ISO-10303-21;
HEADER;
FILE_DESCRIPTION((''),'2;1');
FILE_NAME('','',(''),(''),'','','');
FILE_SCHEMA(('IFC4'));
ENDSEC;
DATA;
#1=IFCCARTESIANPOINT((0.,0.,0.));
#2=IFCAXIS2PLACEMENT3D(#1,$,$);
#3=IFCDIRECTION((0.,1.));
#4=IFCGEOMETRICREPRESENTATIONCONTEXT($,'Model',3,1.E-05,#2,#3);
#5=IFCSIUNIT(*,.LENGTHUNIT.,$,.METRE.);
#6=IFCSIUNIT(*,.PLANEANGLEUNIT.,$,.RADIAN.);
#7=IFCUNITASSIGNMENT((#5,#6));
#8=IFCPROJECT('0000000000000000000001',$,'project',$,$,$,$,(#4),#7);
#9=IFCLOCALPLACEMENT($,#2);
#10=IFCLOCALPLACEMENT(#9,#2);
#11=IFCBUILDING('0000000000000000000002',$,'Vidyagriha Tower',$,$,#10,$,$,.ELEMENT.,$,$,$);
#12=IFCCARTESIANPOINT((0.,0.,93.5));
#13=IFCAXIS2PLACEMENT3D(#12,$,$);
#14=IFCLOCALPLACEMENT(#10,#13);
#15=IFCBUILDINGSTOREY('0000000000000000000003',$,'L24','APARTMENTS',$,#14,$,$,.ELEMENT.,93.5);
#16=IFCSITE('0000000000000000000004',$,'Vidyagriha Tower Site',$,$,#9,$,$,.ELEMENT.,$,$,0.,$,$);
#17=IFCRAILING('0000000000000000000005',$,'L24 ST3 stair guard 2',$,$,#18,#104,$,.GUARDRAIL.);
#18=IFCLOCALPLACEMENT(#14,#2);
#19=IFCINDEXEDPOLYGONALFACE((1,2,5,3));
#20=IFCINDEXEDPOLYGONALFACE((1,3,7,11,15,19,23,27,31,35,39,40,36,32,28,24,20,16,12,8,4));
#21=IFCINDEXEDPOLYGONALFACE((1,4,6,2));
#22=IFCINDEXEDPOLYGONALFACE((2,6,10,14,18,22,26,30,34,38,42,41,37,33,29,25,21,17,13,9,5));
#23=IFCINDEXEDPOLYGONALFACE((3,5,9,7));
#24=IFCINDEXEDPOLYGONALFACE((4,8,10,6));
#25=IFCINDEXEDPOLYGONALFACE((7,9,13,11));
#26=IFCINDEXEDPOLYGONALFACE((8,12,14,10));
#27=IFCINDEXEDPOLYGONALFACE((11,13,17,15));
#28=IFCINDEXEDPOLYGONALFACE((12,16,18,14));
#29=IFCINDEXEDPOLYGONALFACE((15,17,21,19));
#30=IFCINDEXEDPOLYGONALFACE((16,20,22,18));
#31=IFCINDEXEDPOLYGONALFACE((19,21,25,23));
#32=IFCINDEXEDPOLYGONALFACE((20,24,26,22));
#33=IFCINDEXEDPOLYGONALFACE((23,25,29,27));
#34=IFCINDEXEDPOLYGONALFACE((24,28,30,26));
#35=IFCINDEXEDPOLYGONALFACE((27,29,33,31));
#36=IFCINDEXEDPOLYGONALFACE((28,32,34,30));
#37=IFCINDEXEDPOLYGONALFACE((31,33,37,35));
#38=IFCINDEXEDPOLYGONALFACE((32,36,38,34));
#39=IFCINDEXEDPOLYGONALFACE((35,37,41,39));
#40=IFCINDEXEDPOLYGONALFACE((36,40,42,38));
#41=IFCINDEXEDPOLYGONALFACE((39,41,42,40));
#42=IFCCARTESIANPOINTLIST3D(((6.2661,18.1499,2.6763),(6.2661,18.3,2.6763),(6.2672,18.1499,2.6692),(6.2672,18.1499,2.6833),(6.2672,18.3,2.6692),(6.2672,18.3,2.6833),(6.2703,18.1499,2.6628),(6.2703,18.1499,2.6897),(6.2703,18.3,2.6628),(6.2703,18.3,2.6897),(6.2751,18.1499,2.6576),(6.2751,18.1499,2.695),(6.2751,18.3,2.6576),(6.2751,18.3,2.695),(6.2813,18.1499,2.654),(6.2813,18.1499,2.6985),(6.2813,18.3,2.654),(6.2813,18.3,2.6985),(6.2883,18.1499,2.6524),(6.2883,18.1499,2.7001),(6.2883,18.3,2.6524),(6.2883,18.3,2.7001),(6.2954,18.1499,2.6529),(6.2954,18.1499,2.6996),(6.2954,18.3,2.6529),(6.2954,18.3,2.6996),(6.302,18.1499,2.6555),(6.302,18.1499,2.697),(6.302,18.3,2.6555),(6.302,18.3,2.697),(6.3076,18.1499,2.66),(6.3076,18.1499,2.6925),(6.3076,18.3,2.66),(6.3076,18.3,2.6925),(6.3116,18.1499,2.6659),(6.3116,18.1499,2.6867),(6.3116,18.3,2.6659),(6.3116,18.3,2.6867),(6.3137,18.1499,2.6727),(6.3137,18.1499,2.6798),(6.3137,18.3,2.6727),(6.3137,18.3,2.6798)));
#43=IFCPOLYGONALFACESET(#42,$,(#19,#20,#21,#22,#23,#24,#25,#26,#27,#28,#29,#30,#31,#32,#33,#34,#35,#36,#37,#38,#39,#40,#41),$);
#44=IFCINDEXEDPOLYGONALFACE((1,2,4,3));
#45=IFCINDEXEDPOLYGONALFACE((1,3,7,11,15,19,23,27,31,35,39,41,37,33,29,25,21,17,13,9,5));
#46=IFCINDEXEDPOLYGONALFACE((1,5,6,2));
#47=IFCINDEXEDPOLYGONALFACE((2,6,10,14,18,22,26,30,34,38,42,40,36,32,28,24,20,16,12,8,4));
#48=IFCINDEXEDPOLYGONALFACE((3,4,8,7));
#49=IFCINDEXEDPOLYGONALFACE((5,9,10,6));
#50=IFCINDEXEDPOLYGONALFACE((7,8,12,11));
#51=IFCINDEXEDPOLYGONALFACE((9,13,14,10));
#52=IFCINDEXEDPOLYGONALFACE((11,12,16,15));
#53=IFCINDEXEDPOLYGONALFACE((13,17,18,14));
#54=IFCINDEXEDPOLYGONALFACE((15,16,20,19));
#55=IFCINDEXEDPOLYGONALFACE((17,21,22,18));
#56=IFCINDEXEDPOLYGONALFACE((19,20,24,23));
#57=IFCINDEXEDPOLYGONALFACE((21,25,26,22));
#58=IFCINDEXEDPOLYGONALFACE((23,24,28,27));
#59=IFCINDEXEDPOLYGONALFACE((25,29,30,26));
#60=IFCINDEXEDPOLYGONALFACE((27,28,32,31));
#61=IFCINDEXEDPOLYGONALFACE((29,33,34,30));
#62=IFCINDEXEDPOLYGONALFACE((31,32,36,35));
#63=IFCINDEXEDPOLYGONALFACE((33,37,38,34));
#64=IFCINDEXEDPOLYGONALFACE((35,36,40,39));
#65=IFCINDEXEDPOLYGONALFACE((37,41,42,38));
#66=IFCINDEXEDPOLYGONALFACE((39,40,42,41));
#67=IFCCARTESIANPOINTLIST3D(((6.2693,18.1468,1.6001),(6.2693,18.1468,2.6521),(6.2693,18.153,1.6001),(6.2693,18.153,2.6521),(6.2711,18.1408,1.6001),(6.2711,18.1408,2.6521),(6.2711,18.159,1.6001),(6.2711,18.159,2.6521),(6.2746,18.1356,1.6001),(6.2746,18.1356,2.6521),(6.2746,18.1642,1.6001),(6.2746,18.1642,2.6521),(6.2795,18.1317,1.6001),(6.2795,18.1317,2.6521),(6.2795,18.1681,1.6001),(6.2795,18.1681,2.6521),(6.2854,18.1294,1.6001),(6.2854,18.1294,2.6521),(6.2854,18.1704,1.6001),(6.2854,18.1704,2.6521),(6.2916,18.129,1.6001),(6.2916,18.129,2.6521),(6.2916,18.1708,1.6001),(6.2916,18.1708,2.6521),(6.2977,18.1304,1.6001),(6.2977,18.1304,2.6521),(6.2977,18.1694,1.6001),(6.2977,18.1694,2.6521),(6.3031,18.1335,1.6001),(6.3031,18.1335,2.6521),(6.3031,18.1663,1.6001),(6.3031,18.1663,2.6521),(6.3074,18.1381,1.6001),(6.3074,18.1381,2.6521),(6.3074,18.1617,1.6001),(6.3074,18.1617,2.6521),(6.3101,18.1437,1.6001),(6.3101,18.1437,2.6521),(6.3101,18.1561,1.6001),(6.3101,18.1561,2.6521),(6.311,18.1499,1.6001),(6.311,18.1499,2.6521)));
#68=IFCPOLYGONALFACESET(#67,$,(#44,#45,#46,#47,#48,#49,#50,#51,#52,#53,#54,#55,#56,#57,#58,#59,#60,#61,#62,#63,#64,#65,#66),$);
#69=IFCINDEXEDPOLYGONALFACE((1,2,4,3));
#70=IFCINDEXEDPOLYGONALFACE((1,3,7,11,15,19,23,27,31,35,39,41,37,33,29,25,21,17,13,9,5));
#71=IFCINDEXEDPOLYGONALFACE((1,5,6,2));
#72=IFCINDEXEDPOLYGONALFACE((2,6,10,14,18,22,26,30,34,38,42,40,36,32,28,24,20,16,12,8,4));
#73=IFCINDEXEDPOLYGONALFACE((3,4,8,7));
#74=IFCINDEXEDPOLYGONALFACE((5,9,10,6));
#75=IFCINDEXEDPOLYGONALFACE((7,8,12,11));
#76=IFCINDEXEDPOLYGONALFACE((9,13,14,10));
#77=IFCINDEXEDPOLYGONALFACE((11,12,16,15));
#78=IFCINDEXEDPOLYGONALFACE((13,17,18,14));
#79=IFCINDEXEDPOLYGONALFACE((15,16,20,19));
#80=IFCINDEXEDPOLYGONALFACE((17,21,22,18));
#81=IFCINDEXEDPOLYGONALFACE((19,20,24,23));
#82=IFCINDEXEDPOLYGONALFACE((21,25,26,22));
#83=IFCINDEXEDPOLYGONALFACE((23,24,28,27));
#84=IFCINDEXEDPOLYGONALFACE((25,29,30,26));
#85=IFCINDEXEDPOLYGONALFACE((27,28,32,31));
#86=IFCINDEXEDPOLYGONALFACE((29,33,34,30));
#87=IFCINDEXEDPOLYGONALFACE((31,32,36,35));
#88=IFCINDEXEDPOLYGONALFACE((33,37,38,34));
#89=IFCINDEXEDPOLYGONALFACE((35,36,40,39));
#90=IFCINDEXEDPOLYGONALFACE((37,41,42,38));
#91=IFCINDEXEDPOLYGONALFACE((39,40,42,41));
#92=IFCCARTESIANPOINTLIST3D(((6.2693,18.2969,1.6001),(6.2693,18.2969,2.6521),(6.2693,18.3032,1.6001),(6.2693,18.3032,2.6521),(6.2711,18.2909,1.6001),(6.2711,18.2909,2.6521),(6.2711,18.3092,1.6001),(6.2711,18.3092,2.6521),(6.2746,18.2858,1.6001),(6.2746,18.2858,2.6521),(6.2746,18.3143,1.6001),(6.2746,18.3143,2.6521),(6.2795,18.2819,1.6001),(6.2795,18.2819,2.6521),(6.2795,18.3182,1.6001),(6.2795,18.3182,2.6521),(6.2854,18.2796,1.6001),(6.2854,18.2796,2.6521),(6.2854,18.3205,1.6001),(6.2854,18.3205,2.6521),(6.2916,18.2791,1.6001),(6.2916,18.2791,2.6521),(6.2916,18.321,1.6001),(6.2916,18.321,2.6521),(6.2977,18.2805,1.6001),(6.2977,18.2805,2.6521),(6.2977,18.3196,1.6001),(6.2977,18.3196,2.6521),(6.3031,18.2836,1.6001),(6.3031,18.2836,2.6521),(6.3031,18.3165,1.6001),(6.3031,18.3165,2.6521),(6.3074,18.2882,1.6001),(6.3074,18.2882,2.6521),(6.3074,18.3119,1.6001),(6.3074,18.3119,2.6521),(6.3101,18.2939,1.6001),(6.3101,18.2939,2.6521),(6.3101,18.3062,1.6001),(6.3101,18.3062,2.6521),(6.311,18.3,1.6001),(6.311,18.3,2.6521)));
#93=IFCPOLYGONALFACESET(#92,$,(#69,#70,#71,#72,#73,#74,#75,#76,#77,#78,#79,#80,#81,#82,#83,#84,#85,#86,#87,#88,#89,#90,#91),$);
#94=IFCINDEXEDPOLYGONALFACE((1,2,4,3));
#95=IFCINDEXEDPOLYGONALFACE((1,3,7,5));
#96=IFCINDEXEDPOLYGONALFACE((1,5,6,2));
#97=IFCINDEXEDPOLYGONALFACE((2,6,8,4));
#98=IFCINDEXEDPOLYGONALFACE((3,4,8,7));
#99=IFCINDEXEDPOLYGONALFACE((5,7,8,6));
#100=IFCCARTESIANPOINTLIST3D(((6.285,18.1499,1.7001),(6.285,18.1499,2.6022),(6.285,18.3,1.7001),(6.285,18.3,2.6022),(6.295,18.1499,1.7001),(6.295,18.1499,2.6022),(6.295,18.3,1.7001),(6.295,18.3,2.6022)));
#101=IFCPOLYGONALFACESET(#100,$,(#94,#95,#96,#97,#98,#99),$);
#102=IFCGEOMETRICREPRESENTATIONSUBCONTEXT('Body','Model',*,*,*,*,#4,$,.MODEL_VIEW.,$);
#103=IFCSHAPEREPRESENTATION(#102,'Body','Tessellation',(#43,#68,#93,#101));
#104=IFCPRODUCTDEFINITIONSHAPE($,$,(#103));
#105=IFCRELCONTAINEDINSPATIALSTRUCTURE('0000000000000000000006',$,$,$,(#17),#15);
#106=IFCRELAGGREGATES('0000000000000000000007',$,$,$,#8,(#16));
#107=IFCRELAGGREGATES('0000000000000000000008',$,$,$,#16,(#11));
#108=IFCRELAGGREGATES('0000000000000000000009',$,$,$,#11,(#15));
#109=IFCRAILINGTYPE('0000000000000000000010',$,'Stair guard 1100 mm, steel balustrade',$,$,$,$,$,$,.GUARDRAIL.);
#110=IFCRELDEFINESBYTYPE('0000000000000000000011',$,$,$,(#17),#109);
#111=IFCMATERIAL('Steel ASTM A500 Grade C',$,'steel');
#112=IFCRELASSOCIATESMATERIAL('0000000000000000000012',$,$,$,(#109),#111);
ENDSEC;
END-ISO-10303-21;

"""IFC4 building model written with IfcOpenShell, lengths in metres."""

from ifc_helpers import new_model, si_unit, direction, frame, origin, origin_2d, place, context, subcontext, project, spatial, rectangle, circle, extrude, material, type_object, element, save


model = new_model("IFC4")

# Units and contexts
model_context = context("Model", 3, precision=1e-05, world=origin(), true_north=direction((0.0, 1.0)))
body_context = subcontext(model_context, "Body", "Model", "MODEL_VIEW")
ifc_project = project(units=[si_unit("LENGTHUNIT", "METRE"), si_unit("PLANEANGLEUNIT", "RADIAN")], contexts=[model_context])

# Site, building, storey
site_placement = place(None, origin())
site = spatial("IfcSite", under=ifc_project, at=site_placement, Name="Vidyagriha Tower Site", CompositionType="ELEMENT", RefElevation=0.0)
building_placement = place(site_placement, origin())
building = spatial("IfcBuilding", under=site, at=building_placement, Name="Vidyagriha Tower", CompositionType="ELEMENT")
storey_placement = place(building_placement, frame((0.0, 0.0, 93.5)))
storey = spatial("IfcBuildingStorey", under=building, at=storey_placement, Name="L24", Description="APARTMENTS", CompositionType="ELEMENT", Elevation=93.5)

# Railing
ifc_material_1 = material(Name="Steel ASTM A500 Grade C", Category="steel")
railing_type_1 = type_object("IfcRailingType", Name="Stair guard 1100 mm, steel balustrade", PredefinedType="GUARDRAIL", material=ifc_material_1)
railing_1_placement = place(storey_placement, frame((6.29, 18.1499, 1.6001)))
element("IfcRailing", 1, at=railing_1_placement, inside=storey, type_object=railing_type_1, Name="L24 ST3 stair guard 2", PredefinedType="GUARDRAIL", context=body_context, shape_type="SweptSolid", body=[
    extrude(circle(Radius=0.0239, at=origin_2d()), frame((0.0, 0.0, 1.0762), z_axis=(0.0, 1.0, 0.0), x_axis=(-1.0, 0.0, 0.0)), (0.0, 0.0, 1.0), 0.1501),
    extrude(circle(Radius=0.021, at=origin_2d()), origin(), (0.0, 0.0, 1.0), 1.052),
    extrude(circle(Radius=0.021, at=origin_2d()), frame((0.0, 0.1501, 0.0)), (0.0, 0.0, 1.0), 1.052),
    extrude(rectangle(XDim=0.01, YDim=0.9021, at=origin_2d()), frame((0.0, 0.0, 0.551), z_axis=(0.0, 1.0, 0.0), x_axis=(-1.0, 0.0, 0.0)), (0.0, 0.0, 1.0), 0.1501),
])

save(model, "model.ifc")
